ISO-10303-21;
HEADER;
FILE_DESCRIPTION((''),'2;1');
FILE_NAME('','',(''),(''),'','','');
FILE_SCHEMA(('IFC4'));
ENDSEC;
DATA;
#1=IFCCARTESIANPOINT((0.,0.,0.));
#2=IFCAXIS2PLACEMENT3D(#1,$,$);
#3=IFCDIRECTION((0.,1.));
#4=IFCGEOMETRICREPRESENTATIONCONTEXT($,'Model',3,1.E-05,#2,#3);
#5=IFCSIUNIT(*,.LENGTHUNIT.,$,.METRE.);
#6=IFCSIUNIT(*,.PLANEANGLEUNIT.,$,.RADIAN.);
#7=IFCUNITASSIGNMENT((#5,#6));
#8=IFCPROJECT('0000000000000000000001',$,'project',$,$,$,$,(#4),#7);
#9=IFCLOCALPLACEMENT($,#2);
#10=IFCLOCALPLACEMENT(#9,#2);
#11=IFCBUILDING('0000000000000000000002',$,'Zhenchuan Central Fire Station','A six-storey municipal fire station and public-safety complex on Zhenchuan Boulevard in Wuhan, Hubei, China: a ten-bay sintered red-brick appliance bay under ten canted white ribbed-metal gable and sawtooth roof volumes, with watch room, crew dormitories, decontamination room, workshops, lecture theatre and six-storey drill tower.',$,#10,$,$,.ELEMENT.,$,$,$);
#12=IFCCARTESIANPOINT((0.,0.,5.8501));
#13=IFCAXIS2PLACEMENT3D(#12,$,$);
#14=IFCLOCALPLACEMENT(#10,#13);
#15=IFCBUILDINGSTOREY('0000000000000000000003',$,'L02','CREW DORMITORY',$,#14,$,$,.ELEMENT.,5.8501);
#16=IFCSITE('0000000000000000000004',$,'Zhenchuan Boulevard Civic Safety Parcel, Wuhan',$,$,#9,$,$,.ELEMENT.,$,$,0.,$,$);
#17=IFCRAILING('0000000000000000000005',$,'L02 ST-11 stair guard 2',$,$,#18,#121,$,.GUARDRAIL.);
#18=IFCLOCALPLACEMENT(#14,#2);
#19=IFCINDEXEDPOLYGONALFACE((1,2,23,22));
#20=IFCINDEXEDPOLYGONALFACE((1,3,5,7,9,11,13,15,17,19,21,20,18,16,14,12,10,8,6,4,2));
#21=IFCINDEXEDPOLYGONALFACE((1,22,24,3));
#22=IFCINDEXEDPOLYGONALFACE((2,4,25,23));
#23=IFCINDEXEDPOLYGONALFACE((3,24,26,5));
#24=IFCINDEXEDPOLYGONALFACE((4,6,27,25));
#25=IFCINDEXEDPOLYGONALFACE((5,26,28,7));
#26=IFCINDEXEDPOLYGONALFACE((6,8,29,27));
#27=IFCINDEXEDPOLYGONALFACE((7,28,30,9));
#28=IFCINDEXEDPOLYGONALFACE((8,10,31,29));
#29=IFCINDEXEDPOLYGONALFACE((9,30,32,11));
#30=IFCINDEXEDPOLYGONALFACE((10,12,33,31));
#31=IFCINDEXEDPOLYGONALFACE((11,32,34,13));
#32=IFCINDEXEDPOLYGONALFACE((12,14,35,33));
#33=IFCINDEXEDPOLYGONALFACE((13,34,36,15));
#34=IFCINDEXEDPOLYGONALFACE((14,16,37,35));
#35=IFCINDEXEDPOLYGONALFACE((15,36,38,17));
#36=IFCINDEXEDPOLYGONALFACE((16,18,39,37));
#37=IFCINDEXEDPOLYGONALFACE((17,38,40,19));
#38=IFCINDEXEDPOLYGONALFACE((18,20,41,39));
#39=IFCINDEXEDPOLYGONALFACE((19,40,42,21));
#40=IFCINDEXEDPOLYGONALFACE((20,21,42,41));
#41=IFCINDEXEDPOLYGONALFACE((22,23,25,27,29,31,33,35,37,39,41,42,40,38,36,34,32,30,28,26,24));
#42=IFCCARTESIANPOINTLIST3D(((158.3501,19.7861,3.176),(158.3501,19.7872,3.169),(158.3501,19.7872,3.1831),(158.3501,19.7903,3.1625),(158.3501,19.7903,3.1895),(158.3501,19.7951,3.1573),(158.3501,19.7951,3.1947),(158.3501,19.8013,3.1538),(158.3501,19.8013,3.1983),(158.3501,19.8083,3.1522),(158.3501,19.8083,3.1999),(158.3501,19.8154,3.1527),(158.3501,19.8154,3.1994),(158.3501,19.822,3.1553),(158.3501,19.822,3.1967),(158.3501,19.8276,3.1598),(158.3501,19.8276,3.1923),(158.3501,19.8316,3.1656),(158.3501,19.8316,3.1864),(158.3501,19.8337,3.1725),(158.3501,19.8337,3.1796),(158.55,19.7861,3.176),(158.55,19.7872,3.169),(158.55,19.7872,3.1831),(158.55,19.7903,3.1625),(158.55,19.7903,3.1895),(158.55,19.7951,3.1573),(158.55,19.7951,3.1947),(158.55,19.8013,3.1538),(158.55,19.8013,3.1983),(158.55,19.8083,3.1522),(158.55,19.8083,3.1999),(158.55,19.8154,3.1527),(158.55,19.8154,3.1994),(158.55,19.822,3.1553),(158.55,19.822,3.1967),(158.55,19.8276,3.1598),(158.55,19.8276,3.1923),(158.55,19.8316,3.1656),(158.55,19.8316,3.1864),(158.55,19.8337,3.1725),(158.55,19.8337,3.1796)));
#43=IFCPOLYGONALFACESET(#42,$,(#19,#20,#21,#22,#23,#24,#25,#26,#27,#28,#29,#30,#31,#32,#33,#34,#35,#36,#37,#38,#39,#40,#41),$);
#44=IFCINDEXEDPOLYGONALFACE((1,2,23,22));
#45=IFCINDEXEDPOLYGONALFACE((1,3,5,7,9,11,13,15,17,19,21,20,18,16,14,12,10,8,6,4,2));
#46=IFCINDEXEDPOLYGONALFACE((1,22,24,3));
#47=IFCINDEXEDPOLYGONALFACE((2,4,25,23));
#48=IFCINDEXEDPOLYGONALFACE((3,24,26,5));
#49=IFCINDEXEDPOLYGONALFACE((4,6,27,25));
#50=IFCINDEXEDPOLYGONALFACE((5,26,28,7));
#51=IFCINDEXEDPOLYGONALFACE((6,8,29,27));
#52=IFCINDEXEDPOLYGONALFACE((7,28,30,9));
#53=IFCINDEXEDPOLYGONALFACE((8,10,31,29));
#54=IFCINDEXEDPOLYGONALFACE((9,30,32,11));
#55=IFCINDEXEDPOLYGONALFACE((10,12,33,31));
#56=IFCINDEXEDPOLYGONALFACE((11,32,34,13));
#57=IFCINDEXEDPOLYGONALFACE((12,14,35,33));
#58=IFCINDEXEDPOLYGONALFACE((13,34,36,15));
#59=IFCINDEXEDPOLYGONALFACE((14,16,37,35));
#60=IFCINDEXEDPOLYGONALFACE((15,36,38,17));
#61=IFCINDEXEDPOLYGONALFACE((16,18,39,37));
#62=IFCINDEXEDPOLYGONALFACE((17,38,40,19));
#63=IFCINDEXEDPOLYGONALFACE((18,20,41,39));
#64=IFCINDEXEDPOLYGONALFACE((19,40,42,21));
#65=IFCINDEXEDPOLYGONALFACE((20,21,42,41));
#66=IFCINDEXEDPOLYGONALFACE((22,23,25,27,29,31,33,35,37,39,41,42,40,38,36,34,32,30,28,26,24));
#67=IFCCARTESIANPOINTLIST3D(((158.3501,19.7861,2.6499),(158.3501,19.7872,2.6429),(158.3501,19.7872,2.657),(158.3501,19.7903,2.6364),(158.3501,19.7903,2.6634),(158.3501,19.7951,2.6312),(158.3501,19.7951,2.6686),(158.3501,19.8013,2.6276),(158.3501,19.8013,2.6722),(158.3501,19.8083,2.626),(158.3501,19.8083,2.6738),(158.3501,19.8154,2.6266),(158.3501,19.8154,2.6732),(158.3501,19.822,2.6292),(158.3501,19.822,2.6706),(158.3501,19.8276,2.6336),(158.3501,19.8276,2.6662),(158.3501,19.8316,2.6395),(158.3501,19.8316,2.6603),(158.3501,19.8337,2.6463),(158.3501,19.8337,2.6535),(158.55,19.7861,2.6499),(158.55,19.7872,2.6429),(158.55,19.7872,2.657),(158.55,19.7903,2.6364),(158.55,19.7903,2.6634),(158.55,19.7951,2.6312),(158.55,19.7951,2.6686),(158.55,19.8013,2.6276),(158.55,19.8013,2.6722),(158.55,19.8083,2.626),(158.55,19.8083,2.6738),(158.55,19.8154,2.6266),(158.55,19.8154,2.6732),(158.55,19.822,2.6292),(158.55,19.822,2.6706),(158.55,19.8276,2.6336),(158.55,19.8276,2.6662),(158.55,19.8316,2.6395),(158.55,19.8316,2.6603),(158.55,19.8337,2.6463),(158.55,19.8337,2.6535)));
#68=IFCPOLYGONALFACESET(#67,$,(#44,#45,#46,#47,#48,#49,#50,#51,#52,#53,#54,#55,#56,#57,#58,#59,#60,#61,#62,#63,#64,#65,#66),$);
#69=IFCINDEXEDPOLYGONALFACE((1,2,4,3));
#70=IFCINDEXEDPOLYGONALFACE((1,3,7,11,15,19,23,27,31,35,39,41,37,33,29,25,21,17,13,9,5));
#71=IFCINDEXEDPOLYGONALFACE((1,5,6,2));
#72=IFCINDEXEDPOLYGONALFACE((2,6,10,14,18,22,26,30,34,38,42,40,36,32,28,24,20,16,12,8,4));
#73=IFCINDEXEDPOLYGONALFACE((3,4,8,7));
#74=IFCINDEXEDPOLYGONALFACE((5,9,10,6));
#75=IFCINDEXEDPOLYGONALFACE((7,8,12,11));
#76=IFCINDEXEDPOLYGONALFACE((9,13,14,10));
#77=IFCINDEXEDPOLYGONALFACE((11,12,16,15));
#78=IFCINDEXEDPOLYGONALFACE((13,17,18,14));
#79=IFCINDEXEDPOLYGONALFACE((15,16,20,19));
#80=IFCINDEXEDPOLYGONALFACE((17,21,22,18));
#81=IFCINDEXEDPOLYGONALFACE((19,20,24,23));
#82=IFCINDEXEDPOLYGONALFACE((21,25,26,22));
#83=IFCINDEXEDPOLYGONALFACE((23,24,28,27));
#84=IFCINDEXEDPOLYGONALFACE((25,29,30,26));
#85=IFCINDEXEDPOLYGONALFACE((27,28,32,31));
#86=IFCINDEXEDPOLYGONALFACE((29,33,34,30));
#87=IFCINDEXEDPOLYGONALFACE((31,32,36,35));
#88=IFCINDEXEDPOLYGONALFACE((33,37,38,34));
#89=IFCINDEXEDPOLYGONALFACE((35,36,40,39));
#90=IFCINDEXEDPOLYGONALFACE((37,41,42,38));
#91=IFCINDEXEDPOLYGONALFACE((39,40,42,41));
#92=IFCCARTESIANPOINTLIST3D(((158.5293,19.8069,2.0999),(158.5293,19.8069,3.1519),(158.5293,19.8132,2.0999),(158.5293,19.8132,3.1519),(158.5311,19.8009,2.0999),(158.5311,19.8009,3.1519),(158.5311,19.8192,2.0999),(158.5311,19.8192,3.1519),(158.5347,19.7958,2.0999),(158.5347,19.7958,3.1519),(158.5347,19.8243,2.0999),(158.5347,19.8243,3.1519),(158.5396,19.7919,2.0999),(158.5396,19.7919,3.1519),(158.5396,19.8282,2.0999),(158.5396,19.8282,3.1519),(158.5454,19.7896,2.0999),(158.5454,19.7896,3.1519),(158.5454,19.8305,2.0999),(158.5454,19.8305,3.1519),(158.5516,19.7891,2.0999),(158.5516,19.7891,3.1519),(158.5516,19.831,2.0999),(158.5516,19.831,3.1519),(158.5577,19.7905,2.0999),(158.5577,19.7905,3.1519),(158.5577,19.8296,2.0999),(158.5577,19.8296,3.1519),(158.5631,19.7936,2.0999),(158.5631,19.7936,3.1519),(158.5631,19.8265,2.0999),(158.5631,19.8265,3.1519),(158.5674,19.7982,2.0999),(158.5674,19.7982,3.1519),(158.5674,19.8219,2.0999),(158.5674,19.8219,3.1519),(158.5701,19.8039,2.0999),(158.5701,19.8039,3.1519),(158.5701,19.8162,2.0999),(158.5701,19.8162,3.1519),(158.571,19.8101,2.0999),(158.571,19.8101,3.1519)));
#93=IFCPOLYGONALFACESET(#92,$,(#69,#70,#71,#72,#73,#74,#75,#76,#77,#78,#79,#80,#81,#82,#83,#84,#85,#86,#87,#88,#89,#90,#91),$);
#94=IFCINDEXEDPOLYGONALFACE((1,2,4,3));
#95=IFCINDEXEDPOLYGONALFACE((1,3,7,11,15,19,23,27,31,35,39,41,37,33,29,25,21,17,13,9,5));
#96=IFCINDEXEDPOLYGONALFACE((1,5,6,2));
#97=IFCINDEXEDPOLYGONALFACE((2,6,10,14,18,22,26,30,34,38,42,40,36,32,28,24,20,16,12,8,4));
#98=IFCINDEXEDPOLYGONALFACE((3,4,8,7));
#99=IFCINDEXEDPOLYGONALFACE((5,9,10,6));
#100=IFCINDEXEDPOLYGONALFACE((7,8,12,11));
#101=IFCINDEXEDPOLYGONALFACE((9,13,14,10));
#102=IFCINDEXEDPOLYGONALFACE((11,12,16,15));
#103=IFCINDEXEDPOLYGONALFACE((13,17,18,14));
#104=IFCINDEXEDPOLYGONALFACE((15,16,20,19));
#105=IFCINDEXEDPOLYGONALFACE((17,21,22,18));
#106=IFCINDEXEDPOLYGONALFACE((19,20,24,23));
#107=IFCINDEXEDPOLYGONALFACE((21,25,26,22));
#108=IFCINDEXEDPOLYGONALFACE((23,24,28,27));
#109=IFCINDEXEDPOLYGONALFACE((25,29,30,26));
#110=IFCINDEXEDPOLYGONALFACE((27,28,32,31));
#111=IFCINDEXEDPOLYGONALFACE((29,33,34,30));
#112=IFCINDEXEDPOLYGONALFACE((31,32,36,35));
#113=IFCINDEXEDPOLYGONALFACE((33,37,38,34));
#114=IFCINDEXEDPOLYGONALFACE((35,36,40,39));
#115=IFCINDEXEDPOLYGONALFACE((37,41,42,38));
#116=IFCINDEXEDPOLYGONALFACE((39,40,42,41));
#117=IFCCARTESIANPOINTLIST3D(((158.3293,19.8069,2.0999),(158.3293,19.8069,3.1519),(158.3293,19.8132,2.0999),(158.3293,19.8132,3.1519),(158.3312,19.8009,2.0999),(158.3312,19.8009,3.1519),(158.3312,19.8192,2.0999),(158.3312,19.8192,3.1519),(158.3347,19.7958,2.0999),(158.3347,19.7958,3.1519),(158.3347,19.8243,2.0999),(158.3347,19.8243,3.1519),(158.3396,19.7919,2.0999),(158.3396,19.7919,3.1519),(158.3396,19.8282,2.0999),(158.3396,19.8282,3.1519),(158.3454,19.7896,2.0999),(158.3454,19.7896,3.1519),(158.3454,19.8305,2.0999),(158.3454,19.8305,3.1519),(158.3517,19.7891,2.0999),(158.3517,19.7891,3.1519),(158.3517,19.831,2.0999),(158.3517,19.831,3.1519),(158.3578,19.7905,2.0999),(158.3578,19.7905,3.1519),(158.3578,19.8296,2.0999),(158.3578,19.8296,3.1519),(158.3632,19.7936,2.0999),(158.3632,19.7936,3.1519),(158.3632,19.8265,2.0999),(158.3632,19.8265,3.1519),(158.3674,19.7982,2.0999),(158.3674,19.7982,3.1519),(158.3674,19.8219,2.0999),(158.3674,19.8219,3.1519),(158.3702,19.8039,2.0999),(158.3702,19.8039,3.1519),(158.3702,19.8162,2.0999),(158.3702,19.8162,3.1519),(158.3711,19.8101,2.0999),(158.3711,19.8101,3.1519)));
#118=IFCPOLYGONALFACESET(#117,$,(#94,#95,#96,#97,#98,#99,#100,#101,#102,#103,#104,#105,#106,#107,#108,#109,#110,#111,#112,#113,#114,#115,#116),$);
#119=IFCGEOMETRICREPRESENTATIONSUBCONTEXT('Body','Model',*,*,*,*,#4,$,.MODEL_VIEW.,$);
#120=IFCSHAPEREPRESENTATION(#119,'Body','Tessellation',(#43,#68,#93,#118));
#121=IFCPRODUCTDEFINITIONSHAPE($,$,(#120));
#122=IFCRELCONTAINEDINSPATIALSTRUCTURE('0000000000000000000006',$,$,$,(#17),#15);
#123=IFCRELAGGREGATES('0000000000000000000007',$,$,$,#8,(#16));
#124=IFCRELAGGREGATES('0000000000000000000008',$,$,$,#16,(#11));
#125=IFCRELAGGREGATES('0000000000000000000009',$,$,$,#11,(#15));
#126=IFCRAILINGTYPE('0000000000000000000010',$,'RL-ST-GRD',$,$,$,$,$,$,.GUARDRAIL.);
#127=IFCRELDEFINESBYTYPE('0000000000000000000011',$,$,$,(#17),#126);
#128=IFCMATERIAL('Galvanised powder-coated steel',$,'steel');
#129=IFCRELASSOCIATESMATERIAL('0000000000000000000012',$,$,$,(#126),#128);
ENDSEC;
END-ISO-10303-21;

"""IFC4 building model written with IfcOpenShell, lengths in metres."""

from ifc_helpers import new_model, si_unit, direction, frame, origin, origin_2d, place, context, subcontext, project, spatial, circle, extrude, material, type_object, element, save


model = new_model("IFC4")

# Units and contexts
model_context = context("Model", 3, precision=1e-05, world=origin(), true_north=direction((0.0, 1.0)))
body_context = subcontext(model_context, "Body", "Model", "MODEL_VIEW")
ifc_project = project(units=[si_unit("LENGTHUNIT", "METRE"), si_unit("PLANEANGLEUNIT", "RADIAN")], contexts=[model_context])

# Site, building, storey
site_placement = place(None, origin())
site = spatial("IfcSite", under=ifc_project, at=site_placement, Name="Zhenchuan Boulevard Civic Safety Parcel, Wuhan", CompositionType="ELEMENT", RefElevation=0.0)
building_placement = place(site_placement, origin())
building = spatial("IfcBuilding", under=site, at=building_placement, Name="Zhenchuan Central Fire Station", Description="A six-storey municipal fire station and public-safety complex on Zhenchuan Boulevard in Wuhan, Hubei, China: a ten-bay sintered red-brick appliance bay under ten canted white ribbed-metal gable and sawtooth roof volumes, with watch room, crew dormitories, decontamination room, workshops, lecture theatre and six-storey drill tower.", CompositionType="ELEMENT")
storey_placement = place(building_placement, frame((0.0, 0.0, 5.8501)))
storey = spatial("IfcBuildingStorey", under=building, at=storey_placement, Name="L02", Description="CREW DORMITORY", CompositionType="ELEMENT", Elevation=5.8501)

# Railing
ifc_material_1 = material(Name="Galvanised powder-coated steel", Category="steel")
railing_type_1 = type_object("IfcRailingType", Name="RL-ST-GRD", PredefinedType="GUARDRAIL", material=ifc_material_1)
railing_1_placement = place(storey_placement, frame((158.55, 19.8101, 2.0999)))
element("IfcRailing", 1, at=railing_1_placement, inside=storey, type_object=railing_type_1, Name="L02 ST-11 stair guard 2", PredefinedType="GUARDRAIL", context=body_context, shape_type="SweptSolid", body=[
    extrude(circle(Radius=0.0239, at=origin_2d()), frame((0.0, 0.0, 1.0762), z_axis=(-1.0, 0.0, 0.0), x_axis=(0.0, -1.0, 0.0)), (0.0, 0.0, 1.0), 0.2),
    extrude(circle(Radius=0.0239, at=origin_2d()), frame((0.0, 0.0, 0.55), z_axis=(-1.0, 0.0, 0.0), x_axis=(0.0, -1.0, 0.0)), (0.0, 0.0, 1.0), 0.2),
    extrude(circle(Radius=0.021, at=origin_2d()), origin(), (0.0, 0.0, 1.0), 1.052),
    extrude(circle(Radius=0.021, at=origin_2d()), frame((-0.2, 0.0, 0.0)), (0.0, 0.0, 1.0), 1.052),
])

save(model, "model.ifc")
